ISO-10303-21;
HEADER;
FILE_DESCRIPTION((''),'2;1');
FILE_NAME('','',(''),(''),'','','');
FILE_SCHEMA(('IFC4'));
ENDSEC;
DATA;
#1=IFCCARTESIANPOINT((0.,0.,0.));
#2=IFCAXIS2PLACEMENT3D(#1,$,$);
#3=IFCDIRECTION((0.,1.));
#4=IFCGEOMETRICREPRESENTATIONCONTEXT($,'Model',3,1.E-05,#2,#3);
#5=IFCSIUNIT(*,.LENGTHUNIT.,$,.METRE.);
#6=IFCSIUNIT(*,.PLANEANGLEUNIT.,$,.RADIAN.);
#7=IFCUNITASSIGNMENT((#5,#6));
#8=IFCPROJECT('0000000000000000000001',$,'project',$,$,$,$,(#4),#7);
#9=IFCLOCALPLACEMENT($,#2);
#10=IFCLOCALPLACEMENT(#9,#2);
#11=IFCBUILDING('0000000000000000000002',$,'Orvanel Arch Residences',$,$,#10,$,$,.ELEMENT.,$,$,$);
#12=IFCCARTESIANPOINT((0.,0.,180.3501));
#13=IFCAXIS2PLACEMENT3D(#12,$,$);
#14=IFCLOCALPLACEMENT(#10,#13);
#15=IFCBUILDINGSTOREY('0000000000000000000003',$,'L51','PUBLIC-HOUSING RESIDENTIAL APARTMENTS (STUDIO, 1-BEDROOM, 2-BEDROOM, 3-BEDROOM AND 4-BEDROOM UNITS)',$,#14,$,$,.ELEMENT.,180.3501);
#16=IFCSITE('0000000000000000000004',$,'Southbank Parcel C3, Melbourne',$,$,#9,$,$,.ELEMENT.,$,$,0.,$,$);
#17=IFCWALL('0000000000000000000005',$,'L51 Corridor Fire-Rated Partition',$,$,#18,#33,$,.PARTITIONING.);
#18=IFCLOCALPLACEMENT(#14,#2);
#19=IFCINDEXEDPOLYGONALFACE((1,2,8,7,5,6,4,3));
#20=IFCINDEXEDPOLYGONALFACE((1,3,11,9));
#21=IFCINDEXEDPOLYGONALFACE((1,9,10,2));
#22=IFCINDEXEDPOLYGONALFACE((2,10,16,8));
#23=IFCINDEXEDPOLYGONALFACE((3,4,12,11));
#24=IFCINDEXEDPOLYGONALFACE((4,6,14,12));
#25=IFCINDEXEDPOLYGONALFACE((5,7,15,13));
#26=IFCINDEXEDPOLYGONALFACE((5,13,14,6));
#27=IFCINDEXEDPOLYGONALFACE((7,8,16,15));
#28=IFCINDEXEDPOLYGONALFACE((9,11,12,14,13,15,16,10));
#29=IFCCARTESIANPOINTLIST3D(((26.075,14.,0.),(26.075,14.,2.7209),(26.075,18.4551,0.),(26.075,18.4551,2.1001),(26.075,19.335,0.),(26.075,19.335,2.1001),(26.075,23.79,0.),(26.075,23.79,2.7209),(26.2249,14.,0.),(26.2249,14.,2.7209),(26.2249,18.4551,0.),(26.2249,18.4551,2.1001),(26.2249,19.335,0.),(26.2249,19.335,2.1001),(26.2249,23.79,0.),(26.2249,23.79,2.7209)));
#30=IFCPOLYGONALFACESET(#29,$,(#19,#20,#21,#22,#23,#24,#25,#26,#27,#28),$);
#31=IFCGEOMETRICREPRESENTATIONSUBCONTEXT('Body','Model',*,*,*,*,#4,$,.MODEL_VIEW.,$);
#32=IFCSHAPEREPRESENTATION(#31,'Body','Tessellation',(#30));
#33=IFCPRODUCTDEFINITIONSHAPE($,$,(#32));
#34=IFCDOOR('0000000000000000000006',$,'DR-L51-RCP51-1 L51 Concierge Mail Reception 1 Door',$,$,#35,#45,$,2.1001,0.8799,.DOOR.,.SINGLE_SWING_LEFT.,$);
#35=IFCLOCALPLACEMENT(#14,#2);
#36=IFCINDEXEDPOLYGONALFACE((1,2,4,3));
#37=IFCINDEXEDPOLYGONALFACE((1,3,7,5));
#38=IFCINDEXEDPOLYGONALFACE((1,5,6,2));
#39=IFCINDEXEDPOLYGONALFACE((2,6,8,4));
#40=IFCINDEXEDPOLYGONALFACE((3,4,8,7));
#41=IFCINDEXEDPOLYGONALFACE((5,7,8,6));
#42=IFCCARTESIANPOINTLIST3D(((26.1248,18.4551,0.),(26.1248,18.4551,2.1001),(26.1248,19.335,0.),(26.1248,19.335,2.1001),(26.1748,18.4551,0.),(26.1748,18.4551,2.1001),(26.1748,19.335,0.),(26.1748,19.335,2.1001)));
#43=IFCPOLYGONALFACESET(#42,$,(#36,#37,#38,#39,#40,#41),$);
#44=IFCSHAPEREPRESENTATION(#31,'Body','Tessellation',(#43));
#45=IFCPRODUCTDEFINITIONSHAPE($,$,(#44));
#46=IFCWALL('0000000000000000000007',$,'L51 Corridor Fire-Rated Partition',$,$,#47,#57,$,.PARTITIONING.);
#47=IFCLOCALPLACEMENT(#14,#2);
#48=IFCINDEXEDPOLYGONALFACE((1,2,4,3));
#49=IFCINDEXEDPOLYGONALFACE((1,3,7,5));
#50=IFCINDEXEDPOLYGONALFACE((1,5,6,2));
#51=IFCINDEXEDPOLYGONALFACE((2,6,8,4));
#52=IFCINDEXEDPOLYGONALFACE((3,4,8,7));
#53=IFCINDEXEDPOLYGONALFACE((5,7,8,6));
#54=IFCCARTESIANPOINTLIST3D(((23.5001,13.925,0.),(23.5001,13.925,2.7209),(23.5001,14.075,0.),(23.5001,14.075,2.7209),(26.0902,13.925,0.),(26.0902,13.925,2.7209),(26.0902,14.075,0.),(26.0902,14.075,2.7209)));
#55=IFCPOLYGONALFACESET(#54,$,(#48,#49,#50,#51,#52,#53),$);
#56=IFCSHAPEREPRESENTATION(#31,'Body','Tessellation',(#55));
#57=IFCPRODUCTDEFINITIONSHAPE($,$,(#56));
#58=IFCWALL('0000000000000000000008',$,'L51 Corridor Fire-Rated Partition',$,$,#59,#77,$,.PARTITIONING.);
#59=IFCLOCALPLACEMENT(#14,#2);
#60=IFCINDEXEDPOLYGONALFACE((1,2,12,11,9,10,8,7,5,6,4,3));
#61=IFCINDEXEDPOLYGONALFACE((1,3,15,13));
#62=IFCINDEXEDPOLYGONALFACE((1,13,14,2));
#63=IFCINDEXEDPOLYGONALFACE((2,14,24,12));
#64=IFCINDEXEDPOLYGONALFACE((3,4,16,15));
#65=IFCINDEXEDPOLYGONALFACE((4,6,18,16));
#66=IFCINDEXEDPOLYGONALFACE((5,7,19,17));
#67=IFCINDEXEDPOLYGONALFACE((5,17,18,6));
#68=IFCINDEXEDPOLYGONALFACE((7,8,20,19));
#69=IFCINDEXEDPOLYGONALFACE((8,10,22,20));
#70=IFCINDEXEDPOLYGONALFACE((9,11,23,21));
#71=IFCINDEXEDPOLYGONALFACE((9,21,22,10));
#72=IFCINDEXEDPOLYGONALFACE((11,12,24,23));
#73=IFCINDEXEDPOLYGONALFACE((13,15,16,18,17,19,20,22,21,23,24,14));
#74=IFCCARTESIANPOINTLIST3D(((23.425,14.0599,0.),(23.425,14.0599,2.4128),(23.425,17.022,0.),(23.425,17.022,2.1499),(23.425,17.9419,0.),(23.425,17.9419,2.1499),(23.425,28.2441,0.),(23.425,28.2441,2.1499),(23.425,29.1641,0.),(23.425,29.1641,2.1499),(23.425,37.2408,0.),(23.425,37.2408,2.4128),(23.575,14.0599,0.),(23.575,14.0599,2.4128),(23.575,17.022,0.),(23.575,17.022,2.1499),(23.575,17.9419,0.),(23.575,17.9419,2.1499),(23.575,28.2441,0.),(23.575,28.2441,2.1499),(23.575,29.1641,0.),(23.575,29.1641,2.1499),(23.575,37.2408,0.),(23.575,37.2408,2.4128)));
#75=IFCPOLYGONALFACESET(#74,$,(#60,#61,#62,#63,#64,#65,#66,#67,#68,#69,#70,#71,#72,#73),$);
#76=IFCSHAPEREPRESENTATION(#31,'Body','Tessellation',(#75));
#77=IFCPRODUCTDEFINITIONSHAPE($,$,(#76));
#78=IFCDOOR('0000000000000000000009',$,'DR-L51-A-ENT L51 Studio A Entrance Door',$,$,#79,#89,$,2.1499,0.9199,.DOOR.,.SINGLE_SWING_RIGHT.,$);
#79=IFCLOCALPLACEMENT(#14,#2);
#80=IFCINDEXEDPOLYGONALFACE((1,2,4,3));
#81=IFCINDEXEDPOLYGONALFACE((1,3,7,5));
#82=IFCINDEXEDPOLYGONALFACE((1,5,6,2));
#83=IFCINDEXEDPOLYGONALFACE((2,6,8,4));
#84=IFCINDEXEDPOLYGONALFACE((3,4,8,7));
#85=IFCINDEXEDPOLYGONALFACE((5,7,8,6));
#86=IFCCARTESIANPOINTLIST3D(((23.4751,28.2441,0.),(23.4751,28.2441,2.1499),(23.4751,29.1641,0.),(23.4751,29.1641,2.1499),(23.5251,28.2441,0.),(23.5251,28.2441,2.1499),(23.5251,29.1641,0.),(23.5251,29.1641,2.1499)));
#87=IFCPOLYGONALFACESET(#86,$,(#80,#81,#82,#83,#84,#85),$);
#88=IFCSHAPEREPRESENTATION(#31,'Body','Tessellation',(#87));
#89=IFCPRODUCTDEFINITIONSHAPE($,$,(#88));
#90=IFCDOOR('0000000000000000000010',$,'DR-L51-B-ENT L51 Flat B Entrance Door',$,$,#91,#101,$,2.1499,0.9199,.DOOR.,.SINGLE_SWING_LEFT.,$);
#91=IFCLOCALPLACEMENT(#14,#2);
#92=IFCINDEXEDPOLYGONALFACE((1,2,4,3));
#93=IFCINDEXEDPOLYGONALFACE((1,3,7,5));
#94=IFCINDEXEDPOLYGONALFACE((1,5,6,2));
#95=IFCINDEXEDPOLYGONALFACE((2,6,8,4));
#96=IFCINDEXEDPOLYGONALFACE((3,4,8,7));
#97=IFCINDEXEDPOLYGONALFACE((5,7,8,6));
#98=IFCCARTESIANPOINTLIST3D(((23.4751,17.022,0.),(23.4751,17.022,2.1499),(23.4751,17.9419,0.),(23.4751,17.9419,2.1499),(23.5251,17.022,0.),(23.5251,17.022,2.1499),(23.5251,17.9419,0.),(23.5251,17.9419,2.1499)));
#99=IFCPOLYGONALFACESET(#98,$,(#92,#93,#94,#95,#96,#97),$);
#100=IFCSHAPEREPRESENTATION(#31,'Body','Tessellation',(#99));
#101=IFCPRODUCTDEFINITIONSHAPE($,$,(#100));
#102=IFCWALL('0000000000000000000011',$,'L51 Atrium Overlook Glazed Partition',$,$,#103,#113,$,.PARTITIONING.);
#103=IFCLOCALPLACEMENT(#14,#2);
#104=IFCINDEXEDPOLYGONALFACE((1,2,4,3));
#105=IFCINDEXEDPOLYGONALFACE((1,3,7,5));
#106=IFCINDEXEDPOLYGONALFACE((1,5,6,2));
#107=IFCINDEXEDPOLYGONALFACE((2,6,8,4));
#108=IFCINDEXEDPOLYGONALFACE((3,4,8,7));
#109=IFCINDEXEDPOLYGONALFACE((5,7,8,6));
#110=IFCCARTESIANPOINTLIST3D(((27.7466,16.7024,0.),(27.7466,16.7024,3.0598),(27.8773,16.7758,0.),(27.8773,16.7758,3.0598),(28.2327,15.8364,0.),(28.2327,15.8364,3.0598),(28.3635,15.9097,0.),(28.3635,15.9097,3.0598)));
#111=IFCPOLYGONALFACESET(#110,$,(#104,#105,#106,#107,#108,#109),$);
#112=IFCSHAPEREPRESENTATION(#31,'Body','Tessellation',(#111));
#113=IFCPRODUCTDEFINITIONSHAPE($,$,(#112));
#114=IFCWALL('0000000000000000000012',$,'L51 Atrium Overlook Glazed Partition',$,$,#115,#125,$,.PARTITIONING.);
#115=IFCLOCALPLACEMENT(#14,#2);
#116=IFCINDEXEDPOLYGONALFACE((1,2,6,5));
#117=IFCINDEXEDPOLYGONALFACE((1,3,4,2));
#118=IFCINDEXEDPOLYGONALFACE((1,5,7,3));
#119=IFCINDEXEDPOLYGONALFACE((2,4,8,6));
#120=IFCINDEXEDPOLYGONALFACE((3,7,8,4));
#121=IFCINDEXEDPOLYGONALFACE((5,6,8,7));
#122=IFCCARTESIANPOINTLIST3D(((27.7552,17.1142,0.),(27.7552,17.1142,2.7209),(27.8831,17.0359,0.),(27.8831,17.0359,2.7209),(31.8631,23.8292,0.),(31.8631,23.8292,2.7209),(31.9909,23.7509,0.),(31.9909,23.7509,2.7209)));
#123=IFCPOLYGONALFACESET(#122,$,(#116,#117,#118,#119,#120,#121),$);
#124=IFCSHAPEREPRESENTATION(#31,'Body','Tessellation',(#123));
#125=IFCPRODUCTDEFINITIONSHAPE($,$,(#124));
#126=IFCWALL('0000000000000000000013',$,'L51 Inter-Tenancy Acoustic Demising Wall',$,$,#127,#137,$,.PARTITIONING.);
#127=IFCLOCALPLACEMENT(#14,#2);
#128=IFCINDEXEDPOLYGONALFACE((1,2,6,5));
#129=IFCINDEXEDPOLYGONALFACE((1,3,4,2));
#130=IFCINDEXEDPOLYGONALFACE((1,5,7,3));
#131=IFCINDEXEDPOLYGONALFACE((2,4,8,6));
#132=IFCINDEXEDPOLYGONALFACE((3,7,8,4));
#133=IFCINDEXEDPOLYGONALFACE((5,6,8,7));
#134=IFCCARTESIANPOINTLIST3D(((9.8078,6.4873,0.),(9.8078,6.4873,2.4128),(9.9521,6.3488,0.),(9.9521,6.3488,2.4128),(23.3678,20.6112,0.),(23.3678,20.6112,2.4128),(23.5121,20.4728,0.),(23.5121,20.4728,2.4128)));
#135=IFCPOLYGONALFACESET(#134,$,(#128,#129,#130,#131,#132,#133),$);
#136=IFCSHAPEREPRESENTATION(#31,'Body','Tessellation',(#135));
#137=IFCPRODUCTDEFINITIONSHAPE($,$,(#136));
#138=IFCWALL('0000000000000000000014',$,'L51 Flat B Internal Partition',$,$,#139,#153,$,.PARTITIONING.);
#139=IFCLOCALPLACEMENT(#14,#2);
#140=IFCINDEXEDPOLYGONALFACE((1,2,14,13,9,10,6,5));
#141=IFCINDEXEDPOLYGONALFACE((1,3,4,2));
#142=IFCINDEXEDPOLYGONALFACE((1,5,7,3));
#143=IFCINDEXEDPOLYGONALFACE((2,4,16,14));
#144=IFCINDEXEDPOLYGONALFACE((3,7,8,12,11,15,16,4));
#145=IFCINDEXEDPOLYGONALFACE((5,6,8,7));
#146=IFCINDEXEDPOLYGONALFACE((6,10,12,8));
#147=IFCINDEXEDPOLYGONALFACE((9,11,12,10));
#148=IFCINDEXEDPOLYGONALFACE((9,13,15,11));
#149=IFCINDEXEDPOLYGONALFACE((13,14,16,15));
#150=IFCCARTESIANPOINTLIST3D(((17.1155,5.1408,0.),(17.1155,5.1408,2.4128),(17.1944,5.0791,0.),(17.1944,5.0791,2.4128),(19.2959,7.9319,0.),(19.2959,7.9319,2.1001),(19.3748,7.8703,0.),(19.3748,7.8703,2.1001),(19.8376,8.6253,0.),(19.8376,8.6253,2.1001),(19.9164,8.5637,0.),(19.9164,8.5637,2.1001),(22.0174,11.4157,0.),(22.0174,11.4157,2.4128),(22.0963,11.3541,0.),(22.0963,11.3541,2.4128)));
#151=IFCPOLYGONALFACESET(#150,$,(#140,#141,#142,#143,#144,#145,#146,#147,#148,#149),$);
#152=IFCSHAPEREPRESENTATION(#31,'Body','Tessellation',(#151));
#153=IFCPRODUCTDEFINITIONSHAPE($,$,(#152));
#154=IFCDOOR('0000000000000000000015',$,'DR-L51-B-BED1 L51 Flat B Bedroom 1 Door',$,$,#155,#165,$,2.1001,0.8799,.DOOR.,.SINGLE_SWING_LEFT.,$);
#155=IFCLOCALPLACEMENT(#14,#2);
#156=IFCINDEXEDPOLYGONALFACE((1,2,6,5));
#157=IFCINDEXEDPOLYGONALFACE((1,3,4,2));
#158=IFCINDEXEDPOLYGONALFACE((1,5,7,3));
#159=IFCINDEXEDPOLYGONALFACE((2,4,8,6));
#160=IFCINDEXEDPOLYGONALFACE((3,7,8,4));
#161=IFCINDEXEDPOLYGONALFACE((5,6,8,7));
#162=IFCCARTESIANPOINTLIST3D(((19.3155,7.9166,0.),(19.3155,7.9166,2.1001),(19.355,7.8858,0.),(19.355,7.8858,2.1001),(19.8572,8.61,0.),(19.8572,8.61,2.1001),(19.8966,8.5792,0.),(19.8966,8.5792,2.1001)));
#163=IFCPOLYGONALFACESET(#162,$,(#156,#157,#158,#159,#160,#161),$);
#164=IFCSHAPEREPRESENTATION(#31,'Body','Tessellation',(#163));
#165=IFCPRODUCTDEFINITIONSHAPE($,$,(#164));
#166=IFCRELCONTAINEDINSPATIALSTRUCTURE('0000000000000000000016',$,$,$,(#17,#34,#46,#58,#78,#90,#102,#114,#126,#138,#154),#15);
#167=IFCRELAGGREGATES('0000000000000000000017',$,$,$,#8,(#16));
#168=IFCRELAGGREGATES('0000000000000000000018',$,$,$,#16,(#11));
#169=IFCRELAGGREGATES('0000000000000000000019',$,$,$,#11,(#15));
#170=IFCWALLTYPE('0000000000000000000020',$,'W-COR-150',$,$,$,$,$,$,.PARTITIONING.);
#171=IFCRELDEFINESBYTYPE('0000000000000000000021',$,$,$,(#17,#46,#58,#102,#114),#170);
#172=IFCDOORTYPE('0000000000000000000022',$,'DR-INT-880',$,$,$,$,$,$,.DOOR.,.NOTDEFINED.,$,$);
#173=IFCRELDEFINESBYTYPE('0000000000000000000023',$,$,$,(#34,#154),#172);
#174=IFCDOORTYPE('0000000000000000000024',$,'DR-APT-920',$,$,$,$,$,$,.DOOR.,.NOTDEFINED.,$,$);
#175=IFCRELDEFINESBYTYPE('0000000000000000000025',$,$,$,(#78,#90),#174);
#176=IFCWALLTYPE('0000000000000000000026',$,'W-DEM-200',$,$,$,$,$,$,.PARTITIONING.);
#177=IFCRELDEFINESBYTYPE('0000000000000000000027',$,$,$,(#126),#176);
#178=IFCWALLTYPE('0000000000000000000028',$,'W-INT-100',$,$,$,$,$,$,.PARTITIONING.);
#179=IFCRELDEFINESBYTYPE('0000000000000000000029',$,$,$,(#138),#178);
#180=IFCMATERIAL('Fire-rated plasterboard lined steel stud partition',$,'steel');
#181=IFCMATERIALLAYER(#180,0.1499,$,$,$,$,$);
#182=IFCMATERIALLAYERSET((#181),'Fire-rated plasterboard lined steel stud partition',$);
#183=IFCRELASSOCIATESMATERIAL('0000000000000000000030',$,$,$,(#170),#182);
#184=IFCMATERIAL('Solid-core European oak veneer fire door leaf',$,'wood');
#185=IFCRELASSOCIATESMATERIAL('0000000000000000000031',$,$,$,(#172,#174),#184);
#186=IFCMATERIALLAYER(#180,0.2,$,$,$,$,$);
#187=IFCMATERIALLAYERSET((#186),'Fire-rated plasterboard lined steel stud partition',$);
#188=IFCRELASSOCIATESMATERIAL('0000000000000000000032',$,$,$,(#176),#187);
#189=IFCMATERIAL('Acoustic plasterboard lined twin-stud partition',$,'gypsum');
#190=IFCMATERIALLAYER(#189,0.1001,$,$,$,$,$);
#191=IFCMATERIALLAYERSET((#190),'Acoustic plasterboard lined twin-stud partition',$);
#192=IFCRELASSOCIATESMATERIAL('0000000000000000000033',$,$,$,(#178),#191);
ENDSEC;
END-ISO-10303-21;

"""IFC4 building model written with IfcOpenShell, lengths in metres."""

from ifc_helpers import new_model, si_unit, direction, frame, frame_2d, origin, place, context, subcontext, project, spatial, rectangle, extrude, material, layer, layer_set, type_object, element, fill, save


model = new_model("IFC4")

# Units and contexts
model_context = context("Model", 3, precision=1e-05, world=origin(), true_north=direction((0.0, 1.0)))
body_context = subcontext(model_context, "Body", "Model", "MODEL_VIEW")
ifc_project = project(units=[si_unit("LENGTHUNIT", "METRE"), si_unit("PLANEANGLEUNIT", "RADIAN")], contexts=[model_context])

# Site, building, storey
site_placement = place(None, origin())
site = spatial("IfcSite", under=ifc_project, at=site_placement, Name="Southbank Parcel C3, Melbourne", CompositionType="ELEMENT", RefElevation=0.0)
building_placement = place(site_placement, origin())
building = spatial("IfcBuilding", under=site, at=building_placement, Name="Orvanel Arch Residences", CompositionType="ELEMENT")
storey_placement = place(building_placement, frame((0.0, 0.0, 180.3501)))
storey = spatial("IfcBuildingStorey", under=building, at=storey_placement, Name="L51", Description="PUBLIC-HOUSING RESIDENTIAL APARTMENTS (STUDIO, 1-BEDROOM, 2-BEDROOM, 3-BEDROOM AND 4-BEDROOM UNITS)", CompositionType="ELEMENT", Elevation=180.3501)

# Shared definitions
ifc_material_1 = material(Name="Fire-rated plasterboard lined steel stud partition", Category="steel")
ifc_layer_1 = layer(ifc_material_1, 0.1499)
ifc_layer_set_1 = layer_set([ifc_layer_1], Name="Fire-rated plasterboard lined steel stud partition")
wall_type_1 = type_object("IfcWallType", Name="W-COR-150", PredefinedType="PARTITIONING", material=ifc_layer_set_1)

# Wall, opening, door
wall_1_placement = place(storey_placement, frame((26.1499, 23.79, 0.0), z_axis=(0.0, 0.0, 1.0), x_axis=(0.0, -1.0, 0.0)))
wall_1 = element("IfcWall", 1, at=wall_1_placement, inside=storey, type_object=wall_type_1, Name="L51 Corridor Fire-Rated Partition", PredefinedType="PARTITIONING", context=body_context, shape_type="SweptSolid", body=[
    extrude(rectangle(XDim=9.79, YDim=0.1499, at=frame_2d((4.895, 0.0))), origin(), (0.0, 0.0, 1.0), 2.7209),
])
opening_1_placement = place(wall_1_placement, frame((4.4551, 0.0, 0.0)))
opening_1 = element("IfcOpeningElement", 2, at=opening_1_placement, cuts=wall_1, PredefinedType="OPENING", context=body_context, shape_type="SweptSolid", body=[
    extrude(rectangle(XDim=0.8799, YDim=2.1001, at=frame_2d((0.4399, 1.05))), frame((0.0, 0.085, 0.0), z_axis=(0.0, -1.0, 0.0), x_axis=(1.0, 0.0, 0.0)), (0.0, 0.0, 1.0), 0.1699),
])
ifc_material_2 = material(Name="Solid-core European oak veneer fire door leaf", Category="wood")
door_type_1 = type_object("IfcDoorType", Name="DR-INT-880", OperationType="NOTDEFINED", PredefinedType="DOOR", material=ifc_material_2)
door_1_placement = place(opening_1_placement, origin())
door_1 = element("IfcDoor", 3, at=door_1_placement, inside=storey, type_object=door_type_1, Name="DR-L51-RCP51-1 L51 Concierge Mail Reception 1 Door", OperationType="SINGLE_SWING_LEFT", OverallHeight=2.1001, OverallWidth=0.8799, PredefinedType="DOOR", context=body_context, shape_type="SweptSolid", body=[
    extrude(rectangle(XDim=0.8799, YDim=2.1001, at=frame_2d((0.4399, 1.05))), frame((0.0, 0.0249, 0.0), z_axis=(0.0, -1.0, 0.0), x_axis=(1.0, 0.0, 0.0)), (0.0, 0.0, 1.0), 0.05),
])
fill(opening_1, door_1)

# Wall
wall_2_placement = place(storey_placement, frame((26.0901, 14.0, 0.0), z_axis=(0.0, 0.0, 1.0), x_axis=(-1.0, 0.0, 0.0)))
element("IfcWall", 4, at=wall_2_placement, inside=storey, type_object=wall_type_1, Name="L51 Corridor Fire-Rated Partition", PredefinedType="PARTITIONING", context=body_context, shape_type="SweptSolid", body=[
    extrude(rectangle(XDim=2.5901, YDim=0.1499, at=frame_2d((1.2949, 0.0))), origin(), (0.0, 0.0, 1.0), 2.7209),
])

# Wall, openings, doors
wall_3_placement = place(storey_placement, frame((23.5, 14.0601, 0.0), z_axis=(0.0, 0.0, 1.0), x_axis=(0.0, 1.0, 0.0)))
wall_3 = element("IfcWall", 5, at=wall_3_placement, inside=storey, type_object=wall_type_1, Name="L51 Corridor Fire-Rated Partition", PredefinedType="PARTITIONING", context=body_context, shape_type="SweptSolid", body=[
    extrude(rectangle(XDim=23.1809, YDim=0.1499, at=frame_2d((11.5903, 0.0))), origin(), (0.0, 0.0, 1.0), 2.4128),
])
opening_2_placement = place(wall_3_placement, frame((14.1841, 0.0, 0.0)))
opening_2 = element("IfcOpeningElement", 6, at=opening_2_placement, cuts=wall_3, PredefinedType="OPENING", context=body_context, shape_type="SweptSolid", body=[
    extrude(rectangle(XDim=0.9199, YDim=2.1499, at=frame_2d((0.46, 1.075))), frame((0.0, 0.085, 0.0), z_axis=(0.0, -1.0, 0.0), x_axis=(1.0, 0.0, 0.0)), (0.0, 0.0, 1.0), 0.1699),
])
opening_3_placement = place(wall_3_placement, frame((2.9619, 0.0, 0.0)))
opening_3 = element("IfcOpeningElement", 7, at=opening_3_placement, cuts=wall_3, PredefinedType="OPENING", context=body_context, shape_type="SweptSolid", body=[
    extrude(rectangle(XDim=0.9199, YDim=2.1499, at=frame_2d((0.46, 1.075))), frame((0.0, 0.085, 0.0), z_axis=(0.0, -1.0, 0.0), x_axis=(1.0, 0.0, 0.0)), (0.0, 0.0, 1.0), 0.1699),
])
door_type_2 = type_object("IfcDoorType", Name="DR-APT-920", OperationType="NOTDEFINED", PredefinedType="DOOR", material=ifc_material_2)
door_2_placement = place(opening_2_placement, origin())
door_2 = element("IfcDoor", 8, at=door_2_placement, inside=storey, type_object=door_type_2, Name="DR-L51-A-ENT L51 Studio A Entrance Door", OperationType="SINGLE_SWING_RIGHT", OverallHeight=2.1499, OverallWidth=0.9199, PredefinedType="DOOR", context=body_context, shape_type="SweptSolid", body=[
    extrude(rectangle(XDim=0.9199, YDim=2.1499, at=frame_2d((0.46, 1.075))), frame((0.0, 0.0249, 0.0), z_axis=(0.0, -1.0, 0.0), x_axis=(1.0, 0.0, 0.0)), (0.0, 0.0, 1.0), 0.05),
])
fill(opening_2, door_2)
door_3_placement = place(opening_3_placement, origin())
door_3 = element("IfcDoor", 9, at=door_3_placement, inside=storey, type_object=door_type_2, Name="DR-L51-B-ENT L51 Flat B Entrance Door", OperationType="SINGLE_SWING_LEFT", OverallHeight=2.1499, OverallWidth=0.9199, PredefinedType="DOOR", context=body_context, shape_type="SweptSolid", body=[
    extrude(rectangle(XDim=0.9199, YDim=2.1499, at=frame_2d((0.46, 1.075))), frame((0.0, 0.0249, 0.0), z_axis=(0.0, -1.0, 0.0), x_axis=(1.0, 0.0, 0.0)), (0.0, 0.0, 1.0), 0.05),
])
fill(opening_3, door_3)

# Walls
wall_4_placement = place(storey_placement, frame((28.2981, 15.873, 0.0), z_axis=(0.0, 0.0, 1.0), x_axis=(-0.489479, 0.872015, 0.0)))
element("IfcWall", 10, at=wall_4_placement, inside=storey, type_object=wall_type_1, Name="L51 Atrium Overlook Glazed Partition", PredefinedType="PARTITIONING", context=body_context, shape_type="SweptSolid", body=[
    extrude(rectangle(XDim=0.9932, YDim=0.1499, at=frame_2d((0.4966, 0.0))), origin(), (0.0, 0.0, 1.0), 3.0598),
])
wall_5_placement = place(storey_placement, frame((27.8191, 17.075, 0.0), z_axis=(0.0, 0.0, 1.0), x_axis=(0.521843, 0.853042, 0.0)))
element("IfcWall", 11, at=wall_5_placement, inside=storey, type_object=wall_type_1, Name="L51 Atrium Overlook Glazed Partition", PredefinedType="PARTITIONING", context=body_context, shape_type="SweptSolid", body=[
    extrude(rectangle(XDim=7.8718, YDim=0.1499, at=frame_2d((3.936, 0.0))), origin(), (0.0, 0.0, 1.0), 2.7209),
])
ifc_layer_2 = layer(ifc_material_1, 0.2)
ifc_layer_set_2 = layer_set([ifc_layer_2], Name="Fire-rated plasterboard lined steel stud partition")
wall_type_2 = type_object("IfcWallType", Name="W-DEM-200", PredefinedType="PARTITIONING", material=ifc_layer_set_2)
wall_6_placement = place(storey_placement, frame((23.4399, 20.542, 0.0), z_axis=(0.0, 0.0, 1.0), x_axis=(-0.692558, -0.721362, 0.0)))
element("IfcWall", 12, at=wall_6_placement, inside=storey, type_object=wall_type_2, Name="L51 Inter-Tenancy Acoustic Demising Wall", PredefinedType="PARTITIONING", context=body_context, shape_type="SweptSolid", body=[
    extrude(rectangle(XDim=19.5796, YDim=0.2, at=frame_2d((9.7898, 0.0))), origin(), (0.0, 0.0, 1.0), 2.4128),
])

# Wall, opening, door
ifc_material_3 = material(Name="Acoustic plasterboard lined twin-stud partition", Category="gypsum")
ifc_layer_3 = layer(ifc_material_3, 0.1001)
ifc_layer_set_3 = layer_set([ifc_layer_3], Name="Acoustic plasterboard lined twin-stud partition")
wall_type_3 = type_object("IfcWallType", Name="W-INT-100", PredefinedType="PARTITIONING", material=ifc_layer_set_3)
wall_7_placement = place(storey_placement, frame((22.0569, 11.385, 0.0), z_axis=(0.0, 0.0, 1.0), x_axis=(-0.615612, -0.788049, 0.0)))
wall_7 = element("IfcWall", 13, at=wall_7_placement, inside=storey, type_object=wall_type_3, Name="L51 Flat B Internal Partition", PredefinedType="PARTITIONING", context=body_context, shape_type="SweptSolid", body=[
    extrude(rectangle(XDim=7.9626, YDim=0.1001, at=frame_2d((3.9814, 0.0))), origin(), (0.0, 0.0, 1.0), 2.4128),
])
opening_4_placement = place(wall_7_placement, frame((3.541, 0.0, 0.0)))
opening_4 = element("IfcOpeningElement", 14, at=opening_4_placement, cuts=wall_7, PredefinedType="OPENING", context=body_context, shape_type="SweptSolid", body=[
    extrude(rectangle(XDim=0.8799, YDim=2.1001, at=frame_2d((0.4399, 1.05))), frame((0.0, 0.0601, 0.0), z_axis=(0.0, -1.0, 0.0), x_axis=(1.0, 0.0, 0.0)), (0.0, 0.0, 1.0), 0.1201),
])
door_4_placement = place(opening_4_placement, origin())
door_4 = element("IfcDoor", 15, at=door_4_placement, inside=storey, type_object=door_type_1, Name="DR-L51-B-BED1 L51 Flat B Bedroom 1 Door", OperationType="SINGLE_SWING_LEFT", OverallHeight=2.1001, OverallWidth=0.8799, PredefinedType="DOOR", context=body_context, shape_type="SweptSolid", body=[
    extrude(rectangle(XDim=0.8799, YDim=2.1001, at=frame_2d((0.4399, 1.05))), frame((0.0, 0.0249, 0.0), z_axis=(0.0, -1.0, 0.0), x_axis=(1.0, 0.0, 0.0)), (0.0, 0.0, 1.0), 0.05),
])
fill(opening_4, door_4)

save(model, "model.ifc")
